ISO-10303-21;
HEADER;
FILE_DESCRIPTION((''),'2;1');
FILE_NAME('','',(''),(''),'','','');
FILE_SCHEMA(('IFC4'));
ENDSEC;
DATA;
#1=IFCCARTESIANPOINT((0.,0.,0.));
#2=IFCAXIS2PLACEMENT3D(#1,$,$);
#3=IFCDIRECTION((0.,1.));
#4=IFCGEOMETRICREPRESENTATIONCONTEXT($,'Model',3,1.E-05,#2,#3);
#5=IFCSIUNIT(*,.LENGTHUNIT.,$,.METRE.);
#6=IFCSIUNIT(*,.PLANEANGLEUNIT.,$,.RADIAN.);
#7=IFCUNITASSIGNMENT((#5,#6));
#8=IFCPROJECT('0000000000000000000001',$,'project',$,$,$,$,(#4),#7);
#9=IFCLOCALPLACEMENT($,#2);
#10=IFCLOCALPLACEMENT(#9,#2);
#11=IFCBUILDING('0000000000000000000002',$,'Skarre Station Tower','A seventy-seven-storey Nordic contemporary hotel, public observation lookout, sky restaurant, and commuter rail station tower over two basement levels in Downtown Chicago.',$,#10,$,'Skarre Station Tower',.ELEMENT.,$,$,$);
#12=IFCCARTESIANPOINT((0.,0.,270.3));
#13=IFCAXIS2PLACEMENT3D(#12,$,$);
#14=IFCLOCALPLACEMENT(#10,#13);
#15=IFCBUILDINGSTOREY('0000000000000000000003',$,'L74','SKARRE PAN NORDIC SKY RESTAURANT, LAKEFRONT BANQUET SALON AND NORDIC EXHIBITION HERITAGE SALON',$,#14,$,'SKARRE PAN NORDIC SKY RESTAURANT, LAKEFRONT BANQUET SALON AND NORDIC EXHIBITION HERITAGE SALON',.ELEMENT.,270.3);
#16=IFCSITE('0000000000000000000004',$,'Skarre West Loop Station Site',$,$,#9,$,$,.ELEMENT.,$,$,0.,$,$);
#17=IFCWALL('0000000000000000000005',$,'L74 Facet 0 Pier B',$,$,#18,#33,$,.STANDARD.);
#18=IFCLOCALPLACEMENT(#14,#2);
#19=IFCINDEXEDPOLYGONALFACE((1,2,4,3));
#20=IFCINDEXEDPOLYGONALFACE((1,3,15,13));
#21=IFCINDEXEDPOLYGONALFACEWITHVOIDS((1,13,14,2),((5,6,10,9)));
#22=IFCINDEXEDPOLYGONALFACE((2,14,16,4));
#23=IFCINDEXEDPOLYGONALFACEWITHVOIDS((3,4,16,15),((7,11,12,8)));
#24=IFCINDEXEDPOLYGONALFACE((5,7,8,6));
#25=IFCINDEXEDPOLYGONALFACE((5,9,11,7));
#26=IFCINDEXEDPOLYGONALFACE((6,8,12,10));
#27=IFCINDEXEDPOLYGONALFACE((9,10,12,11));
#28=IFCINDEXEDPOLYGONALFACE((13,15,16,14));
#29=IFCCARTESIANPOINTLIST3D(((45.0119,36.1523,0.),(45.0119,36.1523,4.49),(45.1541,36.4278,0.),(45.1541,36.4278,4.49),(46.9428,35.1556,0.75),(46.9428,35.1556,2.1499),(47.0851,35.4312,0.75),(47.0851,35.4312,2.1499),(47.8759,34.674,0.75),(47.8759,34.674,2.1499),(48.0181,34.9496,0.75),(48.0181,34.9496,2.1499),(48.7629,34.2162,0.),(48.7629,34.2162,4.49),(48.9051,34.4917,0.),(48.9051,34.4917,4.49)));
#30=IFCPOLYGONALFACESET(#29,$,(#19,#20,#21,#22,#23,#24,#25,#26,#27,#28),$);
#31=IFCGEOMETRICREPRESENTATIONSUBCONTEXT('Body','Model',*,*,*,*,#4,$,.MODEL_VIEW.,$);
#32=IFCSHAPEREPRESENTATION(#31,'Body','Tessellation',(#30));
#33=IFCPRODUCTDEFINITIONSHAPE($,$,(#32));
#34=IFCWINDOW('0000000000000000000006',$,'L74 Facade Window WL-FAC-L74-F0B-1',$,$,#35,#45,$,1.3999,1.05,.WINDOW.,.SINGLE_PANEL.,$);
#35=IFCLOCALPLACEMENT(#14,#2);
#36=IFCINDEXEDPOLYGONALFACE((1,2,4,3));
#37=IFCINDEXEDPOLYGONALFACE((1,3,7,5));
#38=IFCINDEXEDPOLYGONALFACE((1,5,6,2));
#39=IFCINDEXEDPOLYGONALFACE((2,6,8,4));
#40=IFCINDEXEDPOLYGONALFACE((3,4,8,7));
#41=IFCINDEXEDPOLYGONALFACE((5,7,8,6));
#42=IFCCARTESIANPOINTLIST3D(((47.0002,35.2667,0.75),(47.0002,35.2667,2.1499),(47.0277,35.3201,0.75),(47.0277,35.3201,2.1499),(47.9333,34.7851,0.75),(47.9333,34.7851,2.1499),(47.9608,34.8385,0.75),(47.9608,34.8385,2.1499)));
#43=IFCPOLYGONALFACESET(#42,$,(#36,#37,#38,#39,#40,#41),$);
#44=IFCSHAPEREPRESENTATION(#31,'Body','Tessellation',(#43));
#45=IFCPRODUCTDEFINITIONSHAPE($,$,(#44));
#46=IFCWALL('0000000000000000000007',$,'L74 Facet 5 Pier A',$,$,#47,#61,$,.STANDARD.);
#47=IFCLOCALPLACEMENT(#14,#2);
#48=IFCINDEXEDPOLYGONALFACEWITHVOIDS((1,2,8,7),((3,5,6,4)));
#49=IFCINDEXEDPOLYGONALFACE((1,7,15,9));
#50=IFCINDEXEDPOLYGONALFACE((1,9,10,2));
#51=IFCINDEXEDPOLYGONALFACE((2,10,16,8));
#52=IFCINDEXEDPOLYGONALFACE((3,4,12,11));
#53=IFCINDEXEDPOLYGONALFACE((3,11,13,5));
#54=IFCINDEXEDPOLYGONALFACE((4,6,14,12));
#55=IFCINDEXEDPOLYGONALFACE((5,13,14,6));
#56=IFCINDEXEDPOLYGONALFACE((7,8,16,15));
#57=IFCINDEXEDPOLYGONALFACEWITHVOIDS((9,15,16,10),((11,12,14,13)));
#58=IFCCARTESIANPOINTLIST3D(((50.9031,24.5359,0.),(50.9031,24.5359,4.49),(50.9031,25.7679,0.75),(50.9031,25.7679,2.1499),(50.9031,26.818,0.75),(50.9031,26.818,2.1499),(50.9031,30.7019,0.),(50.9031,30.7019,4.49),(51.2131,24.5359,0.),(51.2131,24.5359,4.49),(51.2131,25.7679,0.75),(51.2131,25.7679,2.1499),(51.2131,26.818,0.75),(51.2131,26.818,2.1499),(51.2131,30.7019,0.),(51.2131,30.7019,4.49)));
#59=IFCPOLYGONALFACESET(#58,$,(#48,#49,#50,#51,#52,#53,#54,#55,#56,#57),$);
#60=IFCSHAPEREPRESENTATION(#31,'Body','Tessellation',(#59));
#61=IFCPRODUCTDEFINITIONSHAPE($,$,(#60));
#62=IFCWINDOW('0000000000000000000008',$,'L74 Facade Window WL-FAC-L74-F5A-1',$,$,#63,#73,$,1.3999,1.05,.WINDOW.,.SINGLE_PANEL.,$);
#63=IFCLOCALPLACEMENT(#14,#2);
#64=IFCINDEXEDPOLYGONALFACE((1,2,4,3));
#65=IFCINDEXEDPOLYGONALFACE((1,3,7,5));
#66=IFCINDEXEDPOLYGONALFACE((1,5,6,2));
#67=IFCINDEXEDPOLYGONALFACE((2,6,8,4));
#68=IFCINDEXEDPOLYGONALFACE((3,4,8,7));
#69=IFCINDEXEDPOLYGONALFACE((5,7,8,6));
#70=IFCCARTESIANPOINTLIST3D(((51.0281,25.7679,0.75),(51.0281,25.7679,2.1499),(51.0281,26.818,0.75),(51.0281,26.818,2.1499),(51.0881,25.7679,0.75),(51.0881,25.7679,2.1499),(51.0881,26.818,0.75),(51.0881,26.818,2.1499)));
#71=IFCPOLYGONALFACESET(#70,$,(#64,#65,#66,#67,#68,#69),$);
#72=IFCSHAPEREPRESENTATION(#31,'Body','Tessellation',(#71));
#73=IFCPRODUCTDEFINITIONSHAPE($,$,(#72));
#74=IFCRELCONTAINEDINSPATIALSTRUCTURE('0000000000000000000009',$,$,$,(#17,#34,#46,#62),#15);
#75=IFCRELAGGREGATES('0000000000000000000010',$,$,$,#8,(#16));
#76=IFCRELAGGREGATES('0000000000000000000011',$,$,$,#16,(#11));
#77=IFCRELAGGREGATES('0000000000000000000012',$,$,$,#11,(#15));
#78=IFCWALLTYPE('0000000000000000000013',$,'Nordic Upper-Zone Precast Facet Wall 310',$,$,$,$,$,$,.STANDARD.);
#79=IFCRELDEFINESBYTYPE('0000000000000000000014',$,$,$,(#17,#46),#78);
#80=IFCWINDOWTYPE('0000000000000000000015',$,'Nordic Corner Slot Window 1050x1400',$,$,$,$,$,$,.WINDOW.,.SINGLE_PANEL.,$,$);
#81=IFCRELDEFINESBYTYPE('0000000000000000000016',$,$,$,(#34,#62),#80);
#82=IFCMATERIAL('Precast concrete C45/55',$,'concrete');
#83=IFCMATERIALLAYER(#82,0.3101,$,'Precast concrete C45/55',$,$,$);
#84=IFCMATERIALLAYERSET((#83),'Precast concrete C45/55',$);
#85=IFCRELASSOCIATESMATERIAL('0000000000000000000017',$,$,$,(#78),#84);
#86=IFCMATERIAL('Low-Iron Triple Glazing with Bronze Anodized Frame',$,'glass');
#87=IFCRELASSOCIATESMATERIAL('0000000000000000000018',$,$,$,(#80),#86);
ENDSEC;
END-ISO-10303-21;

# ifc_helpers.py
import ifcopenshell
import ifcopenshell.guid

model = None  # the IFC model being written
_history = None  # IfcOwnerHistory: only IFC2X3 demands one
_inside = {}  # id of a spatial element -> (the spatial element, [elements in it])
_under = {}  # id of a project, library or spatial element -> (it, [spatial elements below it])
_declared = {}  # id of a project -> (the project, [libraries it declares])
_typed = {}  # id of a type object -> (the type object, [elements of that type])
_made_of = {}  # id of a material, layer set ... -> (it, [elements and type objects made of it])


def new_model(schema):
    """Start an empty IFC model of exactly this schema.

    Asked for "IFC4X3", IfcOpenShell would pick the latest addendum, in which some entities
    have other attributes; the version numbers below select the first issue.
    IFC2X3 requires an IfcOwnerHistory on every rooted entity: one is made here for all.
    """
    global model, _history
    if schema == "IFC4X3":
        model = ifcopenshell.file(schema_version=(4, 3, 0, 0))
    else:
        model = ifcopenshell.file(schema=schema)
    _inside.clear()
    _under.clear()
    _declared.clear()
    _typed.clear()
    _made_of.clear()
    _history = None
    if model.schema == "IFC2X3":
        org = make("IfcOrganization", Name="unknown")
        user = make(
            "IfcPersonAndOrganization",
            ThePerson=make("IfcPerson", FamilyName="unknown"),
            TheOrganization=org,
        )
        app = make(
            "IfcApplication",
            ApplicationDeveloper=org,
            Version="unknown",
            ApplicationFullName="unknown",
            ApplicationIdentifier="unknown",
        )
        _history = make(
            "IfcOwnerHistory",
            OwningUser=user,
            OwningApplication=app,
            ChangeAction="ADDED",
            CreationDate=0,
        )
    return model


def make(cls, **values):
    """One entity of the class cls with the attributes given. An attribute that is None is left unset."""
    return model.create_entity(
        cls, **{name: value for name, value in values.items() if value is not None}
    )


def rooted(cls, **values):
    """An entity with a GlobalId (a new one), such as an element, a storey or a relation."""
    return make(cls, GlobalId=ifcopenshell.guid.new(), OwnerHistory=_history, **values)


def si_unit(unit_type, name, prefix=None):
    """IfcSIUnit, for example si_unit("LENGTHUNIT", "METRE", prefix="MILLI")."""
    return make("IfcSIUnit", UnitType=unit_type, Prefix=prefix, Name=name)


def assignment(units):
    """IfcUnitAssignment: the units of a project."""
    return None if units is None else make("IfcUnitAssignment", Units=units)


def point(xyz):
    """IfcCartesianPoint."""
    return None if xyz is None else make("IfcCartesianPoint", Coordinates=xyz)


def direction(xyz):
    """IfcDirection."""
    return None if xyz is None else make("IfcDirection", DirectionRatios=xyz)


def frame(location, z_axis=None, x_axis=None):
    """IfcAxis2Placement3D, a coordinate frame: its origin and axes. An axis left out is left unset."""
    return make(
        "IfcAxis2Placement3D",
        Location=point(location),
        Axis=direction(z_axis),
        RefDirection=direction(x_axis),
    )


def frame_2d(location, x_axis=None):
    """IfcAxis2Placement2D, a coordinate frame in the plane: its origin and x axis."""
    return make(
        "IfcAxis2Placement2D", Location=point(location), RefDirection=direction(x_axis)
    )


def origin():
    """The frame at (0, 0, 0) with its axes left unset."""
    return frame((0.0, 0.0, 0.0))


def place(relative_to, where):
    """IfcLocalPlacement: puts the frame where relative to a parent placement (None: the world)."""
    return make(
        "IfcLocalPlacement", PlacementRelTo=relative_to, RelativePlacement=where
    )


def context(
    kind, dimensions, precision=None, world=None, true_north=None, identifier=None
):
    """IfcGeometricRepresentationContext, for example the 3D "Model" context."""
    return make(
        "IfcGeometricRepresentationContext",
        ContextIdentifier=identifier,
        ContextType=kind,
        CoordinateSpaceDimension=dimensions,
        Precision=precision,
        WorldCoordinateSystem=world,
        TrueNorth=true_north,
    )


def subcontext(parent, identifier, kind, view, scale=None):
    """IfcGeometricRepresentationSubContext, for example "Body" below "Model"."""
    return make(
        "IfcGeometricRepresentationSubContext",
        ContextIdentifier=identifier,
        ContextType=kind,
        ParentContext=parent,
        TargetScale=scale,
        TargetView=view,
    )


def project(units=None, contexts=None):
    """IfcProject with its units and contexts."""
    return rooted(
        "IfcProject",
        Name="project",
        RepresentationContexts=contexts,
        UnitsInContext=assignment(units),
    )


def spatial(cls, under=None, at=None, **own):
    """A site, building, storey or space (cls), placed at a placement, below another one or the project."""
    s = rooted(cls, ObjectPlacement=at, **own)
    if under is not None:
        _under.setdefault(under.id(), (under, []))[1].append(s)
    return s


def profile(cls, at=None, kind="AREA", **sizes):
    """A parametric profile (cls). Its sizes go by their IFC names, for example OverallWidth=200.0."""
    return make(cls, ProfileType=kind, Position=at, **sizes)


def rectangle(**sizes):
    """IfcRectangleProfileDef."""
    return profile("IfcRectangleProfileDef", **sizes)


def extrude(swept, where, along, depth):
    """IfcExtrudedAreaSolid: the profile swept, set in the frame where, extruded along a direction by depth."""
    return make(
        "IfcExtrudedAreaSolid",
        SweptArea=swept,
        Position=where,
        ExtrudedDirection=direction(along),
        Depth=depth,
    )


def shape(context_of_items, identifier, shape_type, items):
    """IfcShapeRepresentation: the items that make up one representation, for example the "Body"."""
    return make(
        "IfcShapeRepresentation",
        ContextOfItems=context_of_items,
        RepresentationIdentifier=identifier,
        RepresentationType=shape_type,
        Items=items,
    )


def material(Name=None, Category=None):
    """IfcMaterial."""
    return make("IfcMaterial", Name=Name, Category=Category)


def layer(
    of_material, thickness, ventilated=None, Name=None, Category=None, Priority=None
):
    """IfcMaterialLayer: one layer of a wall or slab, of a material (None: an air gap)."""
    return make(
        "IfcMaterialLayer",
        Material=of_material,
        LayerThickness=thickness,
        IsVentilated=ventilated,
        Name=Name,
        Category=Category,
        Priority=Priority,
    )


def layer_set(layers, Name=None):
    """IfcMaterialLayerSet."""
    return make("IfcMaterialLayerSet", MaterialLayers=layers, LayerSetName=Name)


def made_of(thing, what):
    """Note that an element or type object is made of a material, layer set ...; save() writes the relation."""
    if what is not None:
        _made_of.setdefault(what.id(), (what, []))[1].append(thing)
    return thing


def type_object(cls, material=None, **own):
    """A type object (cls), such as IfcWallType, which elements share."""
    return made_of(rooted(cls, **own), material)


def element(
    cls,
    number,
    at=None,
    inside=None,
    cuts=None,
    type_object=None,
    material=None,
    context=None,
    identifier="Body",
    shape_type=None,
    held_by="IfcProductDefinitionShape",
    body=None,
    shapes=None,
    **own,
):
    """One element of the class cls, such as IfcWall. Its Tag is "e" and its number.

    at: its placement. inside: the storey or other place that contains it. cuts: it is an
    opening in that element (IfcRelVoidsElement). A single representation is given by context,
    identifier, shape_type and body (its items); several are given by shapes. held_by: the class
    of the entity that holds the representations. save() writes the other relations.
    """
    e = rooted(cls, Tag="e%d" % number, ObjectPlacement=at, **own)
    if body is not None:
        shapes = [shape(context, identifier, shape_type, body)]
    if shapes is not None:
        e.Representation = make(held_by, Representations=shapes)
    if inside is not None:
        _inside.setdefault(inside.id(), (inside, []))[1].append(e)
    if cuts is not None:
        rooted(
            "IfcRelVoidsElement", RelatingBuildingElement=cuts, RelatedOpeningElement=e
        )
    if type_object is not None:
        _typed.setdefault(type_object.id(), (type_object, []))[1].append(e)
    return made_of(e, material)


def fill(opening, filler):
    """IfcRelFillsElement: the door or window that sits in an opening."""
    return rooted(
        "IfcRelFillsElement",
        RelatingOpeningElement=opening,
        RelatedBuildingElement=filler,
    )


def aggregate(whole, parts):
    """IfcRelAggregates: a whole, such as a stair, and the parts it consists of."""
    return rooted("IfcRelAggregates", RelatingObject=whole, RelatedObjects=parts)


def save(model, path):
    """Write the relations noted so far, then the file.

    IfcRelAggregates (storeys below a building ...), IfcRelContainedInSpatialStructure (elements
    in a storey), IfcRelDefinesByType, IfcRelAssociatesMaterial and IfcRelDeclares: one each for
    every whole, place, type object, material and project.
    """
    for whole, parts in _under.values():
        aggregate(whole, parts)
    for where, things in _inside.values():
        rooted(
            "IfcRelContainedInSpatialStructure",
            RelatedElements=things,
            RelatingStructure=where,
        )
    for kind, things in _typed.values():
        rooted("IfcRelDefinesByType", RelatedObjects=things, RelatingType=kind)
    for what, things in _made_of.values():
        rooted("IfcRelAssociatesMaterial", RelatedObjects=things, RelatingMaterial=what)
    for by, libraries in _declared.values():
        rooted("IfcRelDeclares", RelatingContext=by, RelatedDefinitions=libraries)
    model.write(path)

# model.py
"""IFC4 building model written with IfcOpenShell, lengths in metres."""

from ifc_helpers import new_model, si_unit, direction, frame, frame_2d, origin, place, context, subcontext, project, spatial, rectangle, extrude, material, layer, layer_set, type_object, element, fill, save


model = new_model("IFC4")

# Units and contexts
model_context = context("Model", 3, precision=1e-05, world=origin(), true_north=direction((0.0, 1.0)))
body_context = subcontext(model_context, "Body", "Model", "MODEL_VIEW")
ifc_project = project(units=[si_unit("LENGTHUNIT", "METRE"), si_unit("PLANEANGLEUNIT", "RADIAN")], contexts=[model_context])

# Site, building, storey
site_placement = place(None, origin())
site = spatial("IfcSite", under=ifc_project, at=site_placement, Name="Skarre West Loop Station Site", CompositionType="ELEMENT", RefElevation=0.0)
building_placement = place(site_placement, origin())
building = spatial("IfcBuilding", under=site, at=building_placement, Name="Skarre Station Tower", Description="A seventy-seven-storey Nordic contemporary hotel, public observation lookout, sky restaurant, and commuter rail station tower over two basement levels in Downtown Chicago.", LongName="Skarre Station Tower", CompositionType="ELEMENT")
storey_placement = place(building_placement, frame((0.0, 0.0, 270.3)))
storey = spatial("IfcBuildingStorey", under=building, at=storey_placement, Name="L74", Description="SKARRE PAN NORDIC SKY RESTAURANT, LAKEFRONT BANQUET SALON AND NORDIC EXHIBITION HERITAGE SALON", LongName="SKARRE PAN NORDIC SKY RESTAURANT, LAKEFRONT BANQUET SALON AND NORDIC EXHIBITION HERITAGE SALON", CompositionType="ELEMENT", Elevation=270.3)

# Shared definitions
ifc_material_1 = material(Name="Precast concrete C45/55", Category="concrete")

# Walls, openings, windows
ifc_layer_1 = layer(ifc_material_1, 0.3101, Name="Precast concrete C45/55")
ifc_layer_set_1 = layer_set([ifc_layer_1], Name="Precast concrete C45/55")
wall_type_1 = type_object("IfcWallType", Name="Nordic Upper-Zone Precast Facet Wall 310", PredefinedType="STANDARD", material=ifc_layer_set_1)
wall_1_placement = place(storey_placement, frame((45.083, 36.29, 0.0), z_axis=(0.0, 0.0, 1.0), x_axis=(0.888616, -0.458652, 0.0)))
wall_1 = element("IfcWall", 1, at=wall_1_placement, inside=storey, type_object=wall_type_1, Name="L74 Facet 0 Pier B", PredefinedType="STANDARD", context=body_context, shape_type="SweptSolid", body=[
    extrude(rectangle(XDim=4.2212, YDim=0.3101, at=frame_2d((2.1106, 0.0))), origin(), (0.0, 0.0, 1.0), 4.49),
])
opening_1_placement = place(wall_1_placement, frame((2.1731, 0.0, 0.75)))
opening_1 = element("IfcOpeningElement", 2, at=opening_1_placement, cuts=wall_1, PredefinedType="OPENING", context=body_context, shape_type="SweptSolid", body=[
    extrude(rectangle(XDim=1.05, YDim=1.3999, at=frame_2d((0.5249, 0.7))), frame((0.0, 0.165, 0.0), z_axis=(0.0, -1.0, 0.0), x_axis=(1.0, 0.0, 0.0)), (0.0, 0.0, 1.0), 0.3301),
])
ifc_material_2 = material(Name="Low-Iron Triple Glazing with Bronze Anodized Frame", Category="glass")
window_type = type_object("IfcWindowType", Name="Nordic Corner Slot Window 1050x1400", PartitioningType="SINGLE_PANEL", PredefinedType="WINDOW", material=ifc_material_2)
window_1_placement = place(opening_1_placement, origin())
window_1 = element("IfcWindow", 3, at=window_1_placement, inside=storey, type_object=window_type, Name="L74 Facade Window WL-FAC-L74-F0B-1", OverallHeight=1.3999, OverallWidth=1.05, PartitioningType="SINGLE_PANEL", PredefinedType="WINDOW", context=body_context, shape_type="SweptSolid", body=[
    extrude(rectangle(XDim=1.05, YDim=1.3999, at=frame_2d((0.5249, 0.7))), frame((0.0, 0.03, 0.0), z_axis=(0.0, -1.0, 0.0), x_axis=(1.0, 0.0, 0.0)), (0.0, 0.0, 1.0), 0.0601),
])
fill(opening_1, window_1)
wall_2_placement = place(storey_placement, frame((51.0581, 30.7019, 0.0), z_axis=(0.0, 0.0, 1.0), x_axis=(0.0, -1.0, 0.0)))
wall_2 = element("IfcWall", 4, at=wall_2_placement, inside=storey, type_object=wall_type_1, Name="L74 Facet 5 Pier A", PredefinedType="STANDARD", context=body_context, shape_type="SweptSolid", body=[
    extrude(rectangle(XDim=6.166, YDim=0.3101, at=frame_2d((3.083, 0.0))), origin(), (0.0, 0.0, 1.0), 4.49),
])
opening_2_placement = place(wall_2_placement, frame((3.884, 0.0, 0.75)))
opening_2 = element("IfcOpeningElement", 5, at=opening_2_placement, cuts=wall_2, PredefinedType="OPENING", context=body_context, shape_type="SweptSolid", body=[
    extrude(rectangle(XDim=1.05, YDim=1.3999, at=frame_2d((0.5249, 0.7))), frame((0.0, 0.165, 0.0), z_axis=(0.0, -1.0, 0.0), x_axis=(1.0, 0.0, 0.0)), (0.0, 0.0, 1.0), 0.3301),
])
window_2_placement = place(opening_2_placement, origin())
window_2 = element("IfcWindow", 6, at=window_2_placement, inside=storey, type_object=window_type, Name="L74 Facade Window WL-FAC-L74-F5A-1", OverallHeight=1.3999, OverallWidth=1.05, PartitioningType="SINGLE_PANEL", PredefinedType="WINDOW", context=body_context, shape_type="SweptSolid", body=[
    extrude(rectangle(XDim=1.05, YDim=1.3999, at=frame_2d((0.5249, 0.7))), frame((0.0, 0.03, 0.0), z_axis=(0.0, -1.0, 0.0), x_axis=(1.0, 0.0, 0.0)), (0.0, 0.0, 1.0), 0.0601),
])
fill(opening_2, window_2)

save(model, "model.ifc")
